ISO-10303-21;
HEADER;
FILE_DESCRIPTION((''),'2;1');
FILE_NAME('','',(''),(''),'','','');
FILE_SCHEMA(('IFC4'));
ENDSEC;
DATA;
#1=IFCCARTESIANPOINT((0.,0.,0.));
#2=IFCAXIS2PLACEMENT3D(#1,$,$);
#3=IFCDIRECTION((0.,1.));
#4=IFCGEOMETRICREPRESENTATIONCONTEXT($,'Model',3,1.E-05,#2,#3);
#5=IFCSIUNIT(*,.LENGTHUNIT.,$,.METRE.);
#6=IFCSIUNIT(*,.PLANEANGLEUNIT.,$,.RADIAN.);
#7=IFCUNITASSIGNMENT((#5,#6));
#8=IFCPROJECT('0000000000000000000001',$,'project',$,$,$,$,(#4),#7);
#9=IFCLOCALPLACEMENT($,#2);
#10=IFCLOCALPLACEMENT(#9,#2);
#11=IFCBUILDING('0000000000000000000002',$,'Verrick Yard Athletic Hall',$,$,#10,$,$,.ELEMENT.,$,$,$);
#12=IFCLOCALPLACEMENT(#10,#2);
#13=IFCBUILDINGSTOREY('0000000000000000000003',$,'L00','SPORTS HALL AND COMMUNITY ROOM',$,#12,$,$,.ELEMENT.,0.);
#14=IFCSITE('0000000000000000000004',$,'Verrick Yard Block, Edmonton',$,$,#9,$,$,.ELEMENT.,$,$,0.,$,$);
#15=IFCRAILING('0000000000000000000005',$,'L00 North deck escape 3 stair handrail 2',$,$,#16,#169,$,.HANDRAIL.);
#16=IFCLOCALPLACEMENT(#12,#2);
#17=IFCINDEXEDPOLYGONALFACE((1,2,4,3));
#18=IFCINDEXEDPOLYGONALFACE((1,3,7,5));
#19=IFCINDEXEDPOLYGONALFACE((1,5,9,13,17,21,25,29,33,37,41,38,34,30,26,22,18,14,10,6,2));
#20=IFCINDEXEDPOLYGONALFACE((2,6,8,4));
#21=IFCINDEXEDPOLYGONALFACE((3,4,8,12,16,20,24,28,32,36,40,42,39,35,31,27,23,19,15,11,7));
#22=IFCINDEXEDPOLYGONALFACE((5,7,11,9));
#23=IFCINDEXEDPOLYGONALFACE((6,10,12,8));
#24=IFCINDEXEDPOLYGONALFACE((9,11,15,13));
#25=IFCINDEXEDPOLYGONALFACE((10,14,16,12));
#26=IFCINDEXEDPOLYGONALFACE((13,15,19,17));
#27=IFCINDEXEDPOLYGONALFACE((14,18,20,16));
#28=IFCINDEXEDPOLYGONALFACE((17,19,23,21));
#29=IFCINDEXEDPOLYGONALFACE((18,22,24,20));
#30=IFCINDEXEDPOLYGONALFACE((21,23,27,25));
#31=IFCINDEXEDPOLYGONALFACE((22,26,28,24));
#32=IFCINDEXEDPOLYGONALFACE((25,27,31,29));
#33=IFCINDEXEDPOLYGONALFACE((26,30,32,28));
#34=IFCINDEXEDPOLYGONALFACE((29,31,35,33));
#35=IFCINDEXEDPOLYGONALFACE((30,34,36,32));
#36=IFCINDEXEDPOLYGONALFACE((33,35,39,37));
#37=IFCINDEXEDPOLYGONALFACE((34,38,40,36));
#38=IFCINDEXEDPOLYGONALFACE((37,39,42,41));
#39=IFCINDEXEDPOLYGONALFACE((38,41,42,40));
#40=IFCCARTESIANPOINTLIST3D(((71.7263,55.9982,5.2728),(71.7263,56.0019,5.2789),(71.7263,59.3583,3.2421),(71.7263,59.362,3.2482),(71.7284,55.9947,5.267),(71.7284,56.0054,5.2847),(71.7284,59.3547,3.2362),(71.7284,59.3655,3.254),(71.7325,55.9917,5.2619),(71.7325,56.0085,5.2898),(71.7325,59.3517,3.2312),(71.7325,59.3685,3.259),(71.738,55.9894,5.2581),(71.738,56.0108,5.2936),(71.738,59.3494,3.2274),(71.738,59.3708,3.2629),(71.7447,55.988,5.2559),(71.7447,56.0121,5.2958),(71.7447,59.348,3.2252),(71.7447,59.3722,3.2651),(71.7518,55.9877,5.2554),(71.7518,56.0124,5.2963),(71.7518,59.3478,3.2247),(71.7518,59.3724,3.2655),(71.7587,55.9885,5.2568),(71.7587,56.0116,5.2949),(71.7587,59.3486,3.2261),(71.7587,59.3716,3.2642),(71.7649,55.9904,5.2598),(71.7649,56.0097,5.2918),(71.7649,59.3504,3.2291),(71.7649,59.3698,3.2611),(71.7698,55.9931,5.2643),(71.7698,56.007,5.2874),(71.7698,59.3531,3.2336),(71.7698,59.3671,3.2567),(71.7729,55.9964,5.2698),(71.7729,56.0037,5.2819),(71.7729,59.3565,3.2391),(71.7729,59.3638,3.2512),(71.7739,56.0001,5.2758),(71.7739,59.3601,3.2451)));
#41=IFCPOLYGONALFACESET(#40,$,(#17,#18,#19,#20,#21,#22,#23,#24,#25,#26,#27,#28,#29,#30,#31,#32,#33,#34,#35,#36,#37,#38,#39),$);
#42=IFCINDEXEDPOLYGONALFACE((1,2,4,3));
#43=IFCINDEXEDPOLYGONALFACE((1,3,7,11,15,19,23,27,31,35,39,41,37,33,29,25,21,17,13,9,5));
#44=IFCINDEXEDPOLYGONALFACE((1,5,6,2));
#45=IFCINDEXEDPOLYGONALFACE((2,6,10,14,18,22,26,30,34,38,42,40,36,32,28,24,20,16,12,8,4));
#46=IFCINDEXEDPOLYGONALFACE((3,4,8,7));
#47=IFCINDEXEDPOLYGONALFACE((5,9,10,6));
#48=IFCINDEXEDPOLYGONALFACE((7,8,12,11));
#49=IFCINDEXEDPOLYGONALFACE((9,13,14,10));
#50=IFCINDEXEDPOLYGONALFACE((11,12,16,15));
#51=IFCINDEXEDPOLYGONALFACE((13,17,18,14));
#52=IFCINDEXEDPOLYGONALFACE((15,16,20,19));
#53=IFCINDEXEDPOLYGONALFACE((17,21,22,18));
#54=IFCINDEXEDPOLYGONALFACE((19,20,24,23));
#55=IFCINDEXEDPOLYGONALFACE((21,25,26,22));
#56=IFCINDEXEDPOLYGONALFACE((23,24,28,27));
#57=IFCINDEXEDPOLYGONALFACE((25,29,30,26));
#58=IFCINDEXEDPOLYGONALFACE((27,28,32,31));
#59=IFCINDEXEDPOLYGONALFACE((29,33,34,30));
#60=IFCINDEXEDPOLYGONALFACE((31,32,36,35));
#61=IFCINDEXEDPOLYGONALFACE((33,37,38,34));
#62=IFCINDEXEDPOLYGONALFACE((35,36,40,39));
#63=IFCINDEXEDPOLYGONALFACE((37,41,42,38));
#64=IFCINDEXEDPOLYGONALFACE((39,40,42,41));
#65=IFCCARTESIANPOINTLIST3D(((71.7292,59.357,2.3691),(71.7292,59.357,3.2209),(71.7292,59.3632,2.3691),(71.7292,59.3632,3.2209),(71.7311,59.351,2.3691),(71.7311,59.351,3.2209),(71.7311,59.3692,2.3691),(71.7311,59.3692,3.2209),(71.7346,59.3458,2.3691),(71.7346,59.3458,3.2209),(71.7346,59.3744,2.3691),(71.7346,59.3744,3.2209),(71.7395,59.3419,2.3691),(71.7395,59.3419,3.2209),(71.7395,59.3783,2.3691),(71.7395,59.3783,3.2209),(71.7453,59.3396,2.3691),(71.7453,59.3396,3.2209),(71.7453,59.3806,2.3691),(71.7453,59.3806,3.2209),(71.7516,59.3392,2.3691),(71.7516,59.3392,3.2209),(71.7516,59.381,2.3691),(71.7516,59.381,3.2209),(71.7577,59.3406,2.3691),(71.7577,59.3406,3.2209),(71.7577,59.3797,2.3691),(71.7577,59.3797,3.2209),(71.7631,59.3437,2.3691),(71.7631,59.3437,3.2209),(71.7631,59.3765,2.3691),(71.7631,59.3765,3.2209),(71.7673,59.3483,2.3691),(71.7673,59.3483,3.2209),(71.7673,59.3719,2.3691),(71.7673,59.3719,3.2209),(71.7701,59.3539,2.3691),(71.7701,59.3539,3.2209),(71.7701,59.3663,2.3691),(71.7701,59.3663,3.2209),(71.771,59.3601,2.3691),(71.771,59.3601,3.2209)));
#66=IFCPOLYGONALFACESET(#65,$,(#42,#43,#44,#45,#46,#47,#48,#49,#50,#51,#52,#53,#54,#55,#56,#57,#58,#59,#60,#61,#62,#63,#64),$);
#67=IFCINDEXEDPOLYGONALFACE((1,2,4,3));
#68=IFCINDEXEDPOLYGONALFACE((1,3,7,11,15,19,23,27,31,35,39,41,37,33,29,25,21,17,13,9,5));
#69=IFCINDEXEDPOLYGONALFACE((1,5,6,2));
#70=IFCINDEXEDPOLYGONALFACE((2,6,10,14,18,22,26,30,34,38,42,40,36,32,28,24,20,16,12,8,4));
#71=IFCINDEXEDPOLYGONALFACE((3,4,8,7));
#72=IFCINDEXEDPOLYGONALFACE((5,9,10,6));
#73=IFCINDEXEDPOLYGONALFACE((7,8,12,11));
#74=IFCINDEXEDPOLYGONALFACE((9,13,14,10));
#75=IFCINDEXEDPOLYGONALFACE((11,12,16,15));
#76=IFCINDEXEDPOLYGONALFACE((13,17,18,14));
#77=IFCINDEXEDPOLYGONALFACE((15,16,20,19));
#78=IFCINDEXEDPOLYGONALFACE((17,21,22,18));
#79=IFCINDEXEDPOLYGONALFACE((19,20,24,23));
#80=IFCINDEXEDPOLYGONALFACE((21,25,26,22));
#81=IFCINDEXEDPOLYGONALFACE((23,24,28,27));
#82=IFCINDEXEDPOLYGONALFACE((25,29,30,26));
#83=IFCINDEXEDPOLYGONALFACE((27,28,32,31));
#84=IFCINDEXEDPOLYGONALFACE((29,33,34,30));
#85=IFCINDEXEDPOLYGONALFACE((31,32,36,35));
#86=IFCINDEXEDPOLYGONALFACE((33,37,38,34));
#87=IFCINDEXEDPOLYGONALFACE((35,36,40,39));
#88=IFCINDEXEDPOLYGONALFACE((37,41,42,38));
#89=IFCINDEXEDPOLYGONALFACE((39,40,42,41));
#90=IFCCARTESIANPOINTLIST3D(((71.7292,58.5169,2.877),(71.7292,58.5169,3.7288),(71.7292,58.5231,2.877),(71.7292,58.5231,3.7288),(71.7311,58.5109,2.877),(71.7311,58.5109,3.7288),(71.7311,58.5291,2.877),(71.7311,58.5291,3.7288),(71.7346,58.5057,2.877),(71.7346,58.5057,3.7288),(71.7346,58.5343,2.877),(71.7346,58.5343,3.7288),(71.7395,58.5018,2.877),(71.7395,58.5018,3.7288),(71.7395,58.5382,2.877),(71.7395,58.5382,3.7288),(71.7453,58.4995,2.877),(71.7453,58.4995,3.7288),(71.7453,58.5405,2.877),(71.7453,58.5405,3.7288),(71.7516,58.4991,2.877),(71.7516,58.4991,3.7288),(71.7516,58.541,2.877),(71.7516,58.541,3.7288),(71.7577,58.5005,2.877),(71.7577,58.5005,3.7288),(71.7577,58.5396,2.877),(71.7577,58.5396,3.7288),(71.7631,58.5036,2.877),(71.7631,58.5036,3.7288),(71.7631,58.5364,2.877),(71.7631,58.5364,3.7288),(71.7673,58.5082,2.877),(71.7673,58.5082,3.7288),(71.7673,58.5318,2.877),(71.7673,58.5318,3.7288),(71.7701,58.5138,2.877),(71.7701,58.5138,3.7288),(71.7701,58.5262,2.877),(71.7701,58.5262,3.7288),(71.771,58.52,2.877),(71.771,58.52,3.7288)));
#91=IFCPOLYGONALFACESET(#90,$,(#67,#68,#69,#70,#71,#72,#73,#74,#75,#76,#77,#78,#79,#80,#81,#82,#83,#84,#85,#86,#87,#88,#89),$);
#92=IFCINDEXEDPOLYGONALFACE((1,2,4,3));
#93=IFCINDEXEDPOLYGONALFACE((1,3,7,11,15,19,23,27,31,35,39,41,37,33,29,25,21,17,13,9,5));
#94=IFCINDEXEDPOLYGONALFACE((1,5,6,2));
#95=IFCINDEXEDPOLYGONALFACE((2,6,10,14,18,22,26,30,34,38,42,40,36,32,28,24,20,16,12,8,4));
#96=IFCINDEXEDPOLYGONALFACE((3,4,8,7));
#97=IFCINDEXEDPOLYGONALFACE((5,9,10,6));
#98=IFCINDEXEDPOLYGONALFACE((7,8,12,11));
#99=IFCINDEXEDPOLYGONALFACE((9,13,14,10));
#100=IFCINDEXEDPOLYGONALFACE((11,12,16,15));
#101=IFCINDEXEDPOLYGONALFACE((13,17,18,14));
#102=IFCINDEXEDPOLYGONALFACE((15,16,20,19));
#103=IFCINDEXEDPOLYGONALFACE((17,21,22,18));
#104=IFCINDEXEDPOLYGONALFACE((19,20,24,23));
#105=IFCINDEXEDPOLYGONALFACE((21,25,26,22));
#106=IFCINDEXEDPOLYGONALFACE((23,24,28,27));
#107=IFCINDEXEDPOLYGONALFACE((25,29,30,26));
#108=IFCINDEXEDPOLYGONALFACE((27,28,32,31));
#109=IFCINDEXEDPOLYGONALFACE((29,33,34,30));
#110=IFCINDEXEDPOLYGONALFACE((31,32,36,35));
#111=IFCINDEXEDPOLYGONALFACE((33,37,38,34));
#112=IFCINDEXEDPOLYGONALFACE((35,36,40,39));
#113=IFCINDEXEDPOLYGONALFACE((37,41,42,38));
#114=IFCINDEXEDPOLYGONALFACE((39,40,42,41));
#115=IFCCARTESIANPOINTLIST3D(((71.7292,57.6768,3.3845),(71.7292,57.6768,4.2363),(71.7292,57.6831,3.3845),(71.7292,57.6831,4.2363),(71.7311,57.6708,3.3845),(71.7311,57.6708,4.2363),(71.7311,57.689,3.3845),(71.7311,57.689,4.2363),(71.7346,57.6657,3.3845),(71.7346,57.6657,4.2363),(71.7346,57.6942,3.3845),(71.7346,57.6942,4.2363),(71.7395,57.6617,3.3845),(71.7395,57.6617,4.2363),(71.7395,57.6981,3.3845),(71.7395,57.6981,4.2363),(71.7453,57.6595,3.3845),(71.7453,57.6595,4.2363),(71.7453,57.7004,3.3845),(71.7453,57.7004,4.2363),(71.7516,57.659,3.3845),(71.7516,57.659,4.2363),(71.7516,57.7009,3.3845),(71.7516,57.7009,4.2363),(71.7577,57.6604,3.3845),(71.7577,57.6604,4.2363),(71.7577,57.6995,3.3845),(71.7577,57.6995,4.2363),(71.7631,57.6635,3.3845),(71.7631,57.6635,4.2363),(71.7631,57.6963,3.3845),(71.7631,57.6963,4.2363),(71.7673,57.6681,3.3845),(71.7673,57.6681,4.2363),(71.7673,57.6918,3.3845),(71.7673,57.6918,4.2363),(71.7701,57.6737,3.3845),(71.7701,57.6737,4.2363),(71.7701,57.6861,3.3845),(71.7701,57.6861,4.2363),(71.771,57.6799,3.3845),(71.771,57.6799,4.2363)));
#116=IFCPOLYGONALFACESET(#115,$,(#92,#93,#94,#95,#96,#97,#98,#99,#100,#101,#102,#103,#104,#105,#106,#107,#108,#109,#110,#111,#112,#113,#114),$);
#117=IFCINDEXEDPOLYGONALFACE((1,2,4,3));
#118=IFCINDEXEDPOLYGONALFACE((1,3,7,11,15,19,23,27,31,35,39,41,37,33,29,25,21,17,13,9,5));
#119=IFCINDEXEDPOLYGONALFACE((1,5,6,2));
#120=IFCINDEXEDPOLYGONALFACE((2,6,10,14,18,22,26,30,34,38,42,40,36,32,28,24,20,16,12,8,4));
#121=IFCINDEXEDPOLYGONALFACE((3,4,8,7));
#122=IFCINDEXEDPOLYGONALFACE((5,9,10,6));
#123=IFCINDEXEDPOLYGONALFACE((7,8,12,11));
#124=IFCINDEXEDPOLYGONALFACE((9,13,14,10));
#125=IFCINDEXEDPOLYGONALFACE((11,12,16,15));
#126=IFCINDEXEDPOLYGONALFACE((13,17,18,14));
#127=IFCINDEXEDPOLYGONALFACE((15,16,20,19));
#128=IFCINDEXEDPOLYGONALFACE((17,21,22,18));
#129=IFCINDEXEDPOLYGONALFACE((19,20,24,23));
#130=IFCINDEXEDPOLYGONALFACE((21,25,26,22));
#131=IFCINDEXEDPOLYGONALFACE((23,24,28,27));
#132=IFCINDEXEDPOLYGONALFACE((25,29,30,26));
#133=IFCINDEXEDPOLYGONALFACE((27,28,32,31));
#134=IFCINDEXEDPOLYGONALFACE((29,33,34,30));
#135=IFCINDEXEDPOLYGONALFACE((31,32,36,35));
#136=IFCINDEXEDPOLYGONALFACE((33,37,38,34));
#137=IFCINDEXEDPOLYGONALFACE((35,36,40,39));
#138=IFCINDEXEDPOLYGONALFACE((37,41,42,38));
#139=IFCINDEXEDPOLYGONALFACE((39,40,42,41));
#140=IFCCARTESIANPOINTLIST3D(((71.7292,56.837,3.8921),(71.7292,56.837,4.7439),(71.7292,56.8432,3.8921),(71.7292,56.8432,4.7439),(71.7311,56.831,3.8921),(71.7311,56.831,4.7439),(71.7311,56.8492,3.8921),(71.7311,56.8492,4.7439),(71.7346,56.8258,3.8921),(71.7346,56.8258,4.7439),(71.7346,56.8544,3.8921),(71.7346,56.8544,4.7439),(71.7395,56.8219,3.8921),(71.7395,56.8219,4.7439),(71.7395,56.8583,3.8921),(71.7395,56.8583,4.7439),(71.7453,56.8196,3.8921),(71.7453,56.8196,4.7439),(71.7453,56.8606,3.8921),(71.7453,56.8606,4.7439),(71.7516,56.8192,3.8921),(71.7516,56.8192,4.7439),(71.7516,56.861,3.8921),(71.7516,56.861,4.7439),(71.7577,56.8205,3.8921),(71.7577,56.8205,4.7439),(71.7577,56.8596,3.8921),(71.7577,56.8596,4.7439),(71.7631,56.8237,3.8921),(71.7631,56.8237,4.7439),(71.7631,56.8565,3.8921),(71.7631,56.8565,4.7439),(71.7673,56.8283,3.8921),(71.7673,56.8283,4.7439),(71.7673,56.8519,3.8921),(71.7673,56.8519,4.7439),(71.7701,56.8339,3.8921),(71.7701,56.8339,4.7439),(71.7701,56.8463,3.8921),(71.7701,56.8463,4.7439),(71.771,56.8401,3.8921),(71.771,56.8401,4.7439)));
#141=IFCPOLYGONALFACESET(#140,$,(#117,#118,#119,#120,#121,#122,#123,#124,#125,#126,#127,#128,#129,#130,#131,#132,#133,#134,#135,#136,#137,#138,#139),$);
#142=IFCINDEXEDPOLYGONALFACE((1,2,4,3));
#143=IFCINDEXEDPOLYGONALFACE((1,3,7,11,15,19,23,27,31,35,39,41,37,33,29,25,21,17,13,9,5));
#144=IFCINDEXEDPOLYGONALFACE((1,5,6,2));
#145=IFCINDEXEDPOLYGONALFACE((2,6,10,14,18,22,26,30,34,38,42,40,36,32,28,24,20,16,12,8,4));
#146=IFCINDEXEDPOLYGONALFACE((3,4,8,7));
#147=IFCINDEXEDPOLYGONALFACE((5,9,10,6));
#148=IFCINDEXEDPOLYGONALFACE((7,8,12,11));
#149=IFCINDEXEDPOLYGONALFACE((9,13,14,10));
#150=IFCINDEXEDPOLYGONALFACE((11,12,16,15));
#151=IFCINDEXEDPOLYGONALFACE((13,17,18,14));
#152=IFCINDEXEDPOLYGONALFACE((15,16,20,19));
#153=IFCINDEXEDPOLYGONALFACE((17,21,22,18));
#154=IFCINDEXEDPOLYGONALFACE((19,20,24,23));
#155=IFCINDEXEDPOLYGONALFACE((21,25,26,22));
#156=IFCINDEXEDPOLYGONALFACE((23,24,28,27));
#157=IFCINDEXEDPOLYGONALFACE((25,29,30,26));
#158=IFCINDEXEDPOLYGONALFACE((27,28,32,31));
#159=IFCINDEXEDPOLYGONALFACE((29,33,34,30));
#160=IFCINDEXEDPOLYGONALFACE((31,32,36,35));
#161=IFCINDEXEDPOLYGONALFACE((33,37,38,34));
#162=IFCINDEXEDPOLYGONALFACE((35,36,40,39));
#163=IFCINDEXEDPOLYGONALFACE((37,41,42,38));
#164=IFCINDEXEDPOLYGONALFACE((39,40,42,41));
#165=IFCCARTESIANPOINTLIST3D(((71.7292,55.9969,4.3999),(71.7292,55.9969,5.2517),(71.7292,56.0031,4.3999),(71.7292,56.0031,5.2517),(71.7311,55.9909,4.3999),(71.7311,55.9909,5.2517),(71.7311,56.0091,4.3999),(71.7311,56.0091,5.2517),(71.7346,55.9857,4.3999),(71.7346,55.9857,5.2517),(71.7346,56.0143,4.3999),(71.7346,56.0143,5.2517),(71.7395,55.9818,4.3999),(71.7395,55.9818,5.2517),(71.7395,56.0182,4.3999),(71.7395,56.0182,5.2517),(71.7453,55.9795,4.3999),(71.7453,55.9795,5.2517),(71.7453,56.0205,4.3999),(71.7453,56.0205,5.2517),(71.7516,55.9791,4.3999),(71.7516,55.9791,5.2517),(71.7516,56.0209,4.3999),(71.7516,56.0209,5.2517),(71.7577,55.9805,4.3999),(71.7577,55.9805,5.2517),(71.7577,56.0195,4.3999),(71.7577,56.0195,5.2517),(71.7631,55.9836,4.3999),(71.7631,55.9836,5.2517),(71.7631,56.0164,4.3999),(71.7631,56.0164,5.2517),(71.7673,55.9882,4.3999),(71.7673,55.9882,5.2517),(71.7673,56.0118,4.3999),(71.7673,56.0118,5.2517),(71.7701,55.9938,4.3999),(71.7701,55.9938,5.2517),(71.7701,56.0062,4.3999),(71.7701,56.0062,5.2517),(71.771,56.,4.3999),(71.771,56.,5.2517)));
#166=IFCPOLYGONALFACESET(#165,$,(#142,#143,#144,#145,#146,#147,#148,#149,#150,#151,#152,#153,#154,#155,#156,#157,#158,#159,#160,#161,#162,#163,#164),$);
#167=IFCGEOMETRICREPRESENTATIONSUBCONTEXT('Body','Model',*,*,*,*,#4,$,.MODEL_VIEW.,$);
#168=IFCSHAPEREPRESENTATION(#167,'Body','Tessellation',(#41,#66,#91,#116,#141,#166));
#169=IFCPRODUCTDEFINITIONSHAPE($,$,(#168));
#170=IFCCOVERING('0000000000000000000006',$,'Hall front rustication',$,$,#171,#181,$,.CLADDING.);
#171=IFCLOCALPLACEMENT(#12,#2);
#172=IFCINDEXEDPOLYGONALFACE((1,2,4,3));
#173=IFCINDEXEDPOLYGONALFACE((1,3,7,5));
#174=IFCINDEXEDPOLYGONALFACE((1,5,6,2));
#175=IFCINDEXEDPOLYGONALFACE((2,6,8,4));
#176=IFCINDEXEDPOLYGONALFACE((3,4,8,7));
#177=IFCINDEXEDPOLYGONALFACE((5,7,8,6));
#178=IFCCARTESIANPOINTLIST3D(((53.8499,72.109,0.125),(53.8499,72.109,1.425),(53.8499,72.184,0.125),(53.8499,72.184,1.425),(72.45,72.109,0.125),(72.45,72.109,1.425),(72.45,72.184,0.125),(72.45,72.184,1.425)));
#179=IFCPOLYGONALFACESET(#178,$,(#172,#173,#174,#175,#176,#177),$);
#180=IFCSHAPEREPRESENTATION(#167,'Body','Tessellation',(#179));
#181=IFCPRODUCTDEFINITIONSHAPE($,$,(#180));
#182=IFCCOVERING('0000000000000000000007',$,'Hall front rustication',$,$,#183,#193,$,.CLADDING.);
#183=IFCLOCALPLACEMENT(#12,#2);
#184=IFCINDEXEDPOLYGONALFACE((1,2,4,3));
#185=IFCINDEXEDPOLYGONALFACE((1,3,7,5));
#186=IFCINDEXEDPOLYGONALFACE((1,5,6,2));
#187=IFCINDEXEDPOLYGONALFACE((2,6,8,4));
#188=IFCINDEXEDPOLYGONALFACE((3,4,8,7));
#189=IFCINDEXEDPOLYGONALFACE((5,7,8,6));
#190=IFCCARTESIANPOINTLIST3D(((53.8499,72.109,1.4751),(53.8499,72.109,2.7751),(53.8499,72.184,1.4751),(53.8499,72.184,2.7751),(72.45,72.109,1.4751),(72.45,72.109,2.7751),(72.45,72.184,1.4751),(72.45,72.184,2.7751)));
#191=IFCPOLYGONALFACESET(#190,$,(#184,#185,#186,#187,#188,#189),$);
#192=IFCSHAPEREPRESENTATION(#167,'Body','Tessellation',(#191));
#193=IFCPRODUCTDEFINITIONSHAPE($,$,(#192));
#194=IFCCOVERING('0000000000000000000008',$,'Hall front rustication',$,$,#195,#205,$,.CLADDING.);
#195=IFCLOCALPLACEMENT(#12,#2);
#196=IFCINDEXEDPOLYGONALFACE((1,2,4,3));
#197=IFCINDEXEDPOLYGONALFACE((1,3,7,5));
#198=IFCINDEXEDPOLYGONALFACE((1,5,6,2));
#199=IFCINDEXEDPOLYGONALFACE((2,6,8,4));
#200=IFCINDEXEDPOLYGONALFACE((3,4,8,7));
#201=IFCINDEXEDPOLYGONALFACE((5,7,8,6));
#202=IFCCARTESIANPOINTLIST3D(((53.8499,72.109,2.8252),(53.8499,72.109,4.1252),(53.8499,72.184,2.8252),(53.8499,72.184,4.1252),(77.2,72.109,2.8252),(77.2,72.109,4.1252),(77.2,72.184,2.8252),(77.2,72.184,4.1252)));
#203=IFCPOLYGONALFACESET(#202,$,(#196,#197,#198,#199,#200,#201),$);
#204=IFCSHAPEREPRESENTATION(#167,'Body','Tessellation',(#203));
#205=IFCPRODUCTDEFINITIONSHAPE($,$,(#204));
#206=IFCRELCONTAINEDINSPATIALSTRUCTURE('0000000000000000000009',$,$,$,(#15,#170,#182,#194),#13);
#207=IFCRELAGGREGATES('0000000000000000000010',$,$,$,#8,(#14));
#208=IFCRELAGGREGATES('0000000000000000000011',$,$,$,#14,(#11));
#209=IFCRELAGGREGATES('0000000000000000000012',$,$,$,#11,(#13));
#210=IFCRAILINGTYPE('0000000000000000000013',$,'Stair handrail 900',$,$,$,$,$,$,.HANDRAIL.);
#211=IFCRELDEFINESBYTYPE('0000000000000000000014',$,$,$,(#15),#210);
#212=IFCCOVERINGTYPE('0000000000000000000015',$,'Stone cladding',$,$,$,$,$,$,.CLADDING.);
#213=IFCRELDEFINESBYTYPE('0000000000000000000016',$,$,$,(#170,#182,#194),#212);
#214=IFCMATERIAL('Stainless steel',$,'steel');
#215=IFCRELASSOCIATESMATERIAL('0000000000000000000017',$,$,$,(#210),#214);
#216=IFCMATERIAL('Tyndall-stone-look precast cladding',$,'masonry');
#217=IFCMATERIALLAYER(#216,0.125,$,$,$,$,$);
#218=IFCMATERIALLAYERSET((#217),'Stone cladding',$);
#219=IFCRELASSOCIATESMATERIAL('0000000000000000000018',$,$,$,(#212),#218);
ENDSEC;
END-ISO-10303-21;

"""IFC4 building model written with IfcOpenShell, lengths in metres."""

from ifc_helpers import new_model, si_unit, direction, frame, origin, origin_2d, place, context, subcontext, project, spatial, rectangle, circle, extrude, material, layer, layer_set, type_object, element, save


model = new_model("IFC4")

# Units and contexts
model_context = context("Model", 3, precision=1e-05, world=origin(), true_north=direction((0.0, 1.0)))
body_context = subcontext(model_context, "Body", "Model", "MODEL_VIEW")
ifc_project = project(units=[si_unit("LENGTHUNIT", "METRE"), si_unit("PLANEANGLEUNIT", "RADIAN")], contexts=[model_context])

# Site, building, storey
site_placement = place(None, origin())
site = spatial("IfcSite", under=ifc_project, at=site_placement, Name="Verrick Yard Block, Edmonton", CompositionType="ELEMENT", RefElevation=0.0)
building_placement = place(site_placement, origin())
building = spatial("IfcBuilding", under=site, at=building_placement, Name="Verrick Yard Athletic Hall", CompositionType="ELEMENT")
storey_placement = place(building_placement, origin())
storey = spatial("IfcBuildingStorey", under=building, at=storey_placement, Name="L00", Description="SPORTS HALL AND COMMUNITY ROOM", CompositionType="ELEMENT", Elevation=0.0)

# Railing
ifc_material_1 = material(Name="Stainless steel", Category="steel")
railing_type_1 = type_object("IfcRailingType", Name="Stair handrail 900", PredefinedType="HANDRAIL", material=ifc_material_1)
railing_1_placement = place(storey_placement, frame((71.75, 59.3601, 2.3691)))
element("IfcRailing", 1, at=railing_1_placement, inside=storey, type_object=railing_type_1, Name="L00 North deck escape 3 stair handrail 2", PredefinedType="HANDRAIL", context=body_context, shape_type="SweptSolid", body=[
    extrude(circle(Radius=0.0239, at=origin_2d()), frame((0.0, 0.0, 0.876), z_axis=(0.0, -0.855837, 0.517246), x_axis=(1.0, 0.0, 0.0)), (0.0, 0.0, 1.0), 3.926),
    extrude(circle(Radius=0.021, at=origin_2d()), origin(), (0.0, 0.0, 1.0), 0.8518),
    extrude(circle(Radius=0.021, at=origin_2d()), frame((0.0, -0.8401, 0.5078)), (0.0, 0.0, 1.0), 0.8518),
    extrude(circle(Radius=0.021, at=origin_2d()), frame((0.0, -1.6802, 1.0154)), (0.0, 0.0, 1.0), 0.8518),
    extrude(circle(Radius=0.021, at=origin_2d()), frame((0.0, -2.52, 1.5229)), (0.0, 0.0, 1.0), 0.8518),
    extrude(circle(Radius=0.021, at=origin_2d()), frame((0.0, -3.3601, 2.0308)), (0.0, 0.0, 1.0), 0.8518),
])

# Coverings
ifc_material_2 = material(Name="Tyndall-stone-look precast cladding", Category="masonry")
ifc_layer_1 = layer(ifc_material_2, 0.125)
ifc_layer_set_1 = layer_set([ifc_layer_1], Name="Stone cladding")
covering_type_1 = type_object("IfcCoveringType", Name="Stone cladding", PredefinedType="CLADDING", material=ifc_layer_set_1)
for number, where, z_axis, x_axis, name in (
    (2, (63.1499, 72.1465, 0.125), (0.0, 0.0, 1.0), (1.0, 0.0, 0.0), "Hall front rustication"),
    (3, (63.1499, 72.1465, 1.4751), (0.0, 0.0, 1.0), (1.0, 0.0, 0.0), "Hall front rustication"),
):
    element("IfcCovering", number, at=place(storey_placement, frame(where, z_axis=z_axis, x_axis=x_axis)), inside=storey, type_object=covering_type_1, Name=name, PredefinedType="CLADDING", context=body_context, shape_type="SweptSolid", body=[
        extrude(rectangle(XDim=18.6001, YDim=0.075, at=origin_2d()), origin(), (0.0, 0.0, 1.0), 1.3),
    ])
covering_1_placement = place(storey_placement, frame((65.5249, 72.1465, 2.8252), z_axis=(0.0, 0.0, 1.0), x_axis=(1.0, 0.0, 0.0)))
element("IfcCovering", 4, at=covering_1_placement, inside=storey, type_object=covering_type_1, Name="Hall front rustication", PredefinedType="CLADDING", context=body_context, shape_type="SweptSolid", body=[
    extrude(rectangle(XDim=23.3501, YDim=0.075, at=origin_2d()), origin(), (0.0, 0.0, 1.0), 1.3),
])

save(model, "model.ifc")
